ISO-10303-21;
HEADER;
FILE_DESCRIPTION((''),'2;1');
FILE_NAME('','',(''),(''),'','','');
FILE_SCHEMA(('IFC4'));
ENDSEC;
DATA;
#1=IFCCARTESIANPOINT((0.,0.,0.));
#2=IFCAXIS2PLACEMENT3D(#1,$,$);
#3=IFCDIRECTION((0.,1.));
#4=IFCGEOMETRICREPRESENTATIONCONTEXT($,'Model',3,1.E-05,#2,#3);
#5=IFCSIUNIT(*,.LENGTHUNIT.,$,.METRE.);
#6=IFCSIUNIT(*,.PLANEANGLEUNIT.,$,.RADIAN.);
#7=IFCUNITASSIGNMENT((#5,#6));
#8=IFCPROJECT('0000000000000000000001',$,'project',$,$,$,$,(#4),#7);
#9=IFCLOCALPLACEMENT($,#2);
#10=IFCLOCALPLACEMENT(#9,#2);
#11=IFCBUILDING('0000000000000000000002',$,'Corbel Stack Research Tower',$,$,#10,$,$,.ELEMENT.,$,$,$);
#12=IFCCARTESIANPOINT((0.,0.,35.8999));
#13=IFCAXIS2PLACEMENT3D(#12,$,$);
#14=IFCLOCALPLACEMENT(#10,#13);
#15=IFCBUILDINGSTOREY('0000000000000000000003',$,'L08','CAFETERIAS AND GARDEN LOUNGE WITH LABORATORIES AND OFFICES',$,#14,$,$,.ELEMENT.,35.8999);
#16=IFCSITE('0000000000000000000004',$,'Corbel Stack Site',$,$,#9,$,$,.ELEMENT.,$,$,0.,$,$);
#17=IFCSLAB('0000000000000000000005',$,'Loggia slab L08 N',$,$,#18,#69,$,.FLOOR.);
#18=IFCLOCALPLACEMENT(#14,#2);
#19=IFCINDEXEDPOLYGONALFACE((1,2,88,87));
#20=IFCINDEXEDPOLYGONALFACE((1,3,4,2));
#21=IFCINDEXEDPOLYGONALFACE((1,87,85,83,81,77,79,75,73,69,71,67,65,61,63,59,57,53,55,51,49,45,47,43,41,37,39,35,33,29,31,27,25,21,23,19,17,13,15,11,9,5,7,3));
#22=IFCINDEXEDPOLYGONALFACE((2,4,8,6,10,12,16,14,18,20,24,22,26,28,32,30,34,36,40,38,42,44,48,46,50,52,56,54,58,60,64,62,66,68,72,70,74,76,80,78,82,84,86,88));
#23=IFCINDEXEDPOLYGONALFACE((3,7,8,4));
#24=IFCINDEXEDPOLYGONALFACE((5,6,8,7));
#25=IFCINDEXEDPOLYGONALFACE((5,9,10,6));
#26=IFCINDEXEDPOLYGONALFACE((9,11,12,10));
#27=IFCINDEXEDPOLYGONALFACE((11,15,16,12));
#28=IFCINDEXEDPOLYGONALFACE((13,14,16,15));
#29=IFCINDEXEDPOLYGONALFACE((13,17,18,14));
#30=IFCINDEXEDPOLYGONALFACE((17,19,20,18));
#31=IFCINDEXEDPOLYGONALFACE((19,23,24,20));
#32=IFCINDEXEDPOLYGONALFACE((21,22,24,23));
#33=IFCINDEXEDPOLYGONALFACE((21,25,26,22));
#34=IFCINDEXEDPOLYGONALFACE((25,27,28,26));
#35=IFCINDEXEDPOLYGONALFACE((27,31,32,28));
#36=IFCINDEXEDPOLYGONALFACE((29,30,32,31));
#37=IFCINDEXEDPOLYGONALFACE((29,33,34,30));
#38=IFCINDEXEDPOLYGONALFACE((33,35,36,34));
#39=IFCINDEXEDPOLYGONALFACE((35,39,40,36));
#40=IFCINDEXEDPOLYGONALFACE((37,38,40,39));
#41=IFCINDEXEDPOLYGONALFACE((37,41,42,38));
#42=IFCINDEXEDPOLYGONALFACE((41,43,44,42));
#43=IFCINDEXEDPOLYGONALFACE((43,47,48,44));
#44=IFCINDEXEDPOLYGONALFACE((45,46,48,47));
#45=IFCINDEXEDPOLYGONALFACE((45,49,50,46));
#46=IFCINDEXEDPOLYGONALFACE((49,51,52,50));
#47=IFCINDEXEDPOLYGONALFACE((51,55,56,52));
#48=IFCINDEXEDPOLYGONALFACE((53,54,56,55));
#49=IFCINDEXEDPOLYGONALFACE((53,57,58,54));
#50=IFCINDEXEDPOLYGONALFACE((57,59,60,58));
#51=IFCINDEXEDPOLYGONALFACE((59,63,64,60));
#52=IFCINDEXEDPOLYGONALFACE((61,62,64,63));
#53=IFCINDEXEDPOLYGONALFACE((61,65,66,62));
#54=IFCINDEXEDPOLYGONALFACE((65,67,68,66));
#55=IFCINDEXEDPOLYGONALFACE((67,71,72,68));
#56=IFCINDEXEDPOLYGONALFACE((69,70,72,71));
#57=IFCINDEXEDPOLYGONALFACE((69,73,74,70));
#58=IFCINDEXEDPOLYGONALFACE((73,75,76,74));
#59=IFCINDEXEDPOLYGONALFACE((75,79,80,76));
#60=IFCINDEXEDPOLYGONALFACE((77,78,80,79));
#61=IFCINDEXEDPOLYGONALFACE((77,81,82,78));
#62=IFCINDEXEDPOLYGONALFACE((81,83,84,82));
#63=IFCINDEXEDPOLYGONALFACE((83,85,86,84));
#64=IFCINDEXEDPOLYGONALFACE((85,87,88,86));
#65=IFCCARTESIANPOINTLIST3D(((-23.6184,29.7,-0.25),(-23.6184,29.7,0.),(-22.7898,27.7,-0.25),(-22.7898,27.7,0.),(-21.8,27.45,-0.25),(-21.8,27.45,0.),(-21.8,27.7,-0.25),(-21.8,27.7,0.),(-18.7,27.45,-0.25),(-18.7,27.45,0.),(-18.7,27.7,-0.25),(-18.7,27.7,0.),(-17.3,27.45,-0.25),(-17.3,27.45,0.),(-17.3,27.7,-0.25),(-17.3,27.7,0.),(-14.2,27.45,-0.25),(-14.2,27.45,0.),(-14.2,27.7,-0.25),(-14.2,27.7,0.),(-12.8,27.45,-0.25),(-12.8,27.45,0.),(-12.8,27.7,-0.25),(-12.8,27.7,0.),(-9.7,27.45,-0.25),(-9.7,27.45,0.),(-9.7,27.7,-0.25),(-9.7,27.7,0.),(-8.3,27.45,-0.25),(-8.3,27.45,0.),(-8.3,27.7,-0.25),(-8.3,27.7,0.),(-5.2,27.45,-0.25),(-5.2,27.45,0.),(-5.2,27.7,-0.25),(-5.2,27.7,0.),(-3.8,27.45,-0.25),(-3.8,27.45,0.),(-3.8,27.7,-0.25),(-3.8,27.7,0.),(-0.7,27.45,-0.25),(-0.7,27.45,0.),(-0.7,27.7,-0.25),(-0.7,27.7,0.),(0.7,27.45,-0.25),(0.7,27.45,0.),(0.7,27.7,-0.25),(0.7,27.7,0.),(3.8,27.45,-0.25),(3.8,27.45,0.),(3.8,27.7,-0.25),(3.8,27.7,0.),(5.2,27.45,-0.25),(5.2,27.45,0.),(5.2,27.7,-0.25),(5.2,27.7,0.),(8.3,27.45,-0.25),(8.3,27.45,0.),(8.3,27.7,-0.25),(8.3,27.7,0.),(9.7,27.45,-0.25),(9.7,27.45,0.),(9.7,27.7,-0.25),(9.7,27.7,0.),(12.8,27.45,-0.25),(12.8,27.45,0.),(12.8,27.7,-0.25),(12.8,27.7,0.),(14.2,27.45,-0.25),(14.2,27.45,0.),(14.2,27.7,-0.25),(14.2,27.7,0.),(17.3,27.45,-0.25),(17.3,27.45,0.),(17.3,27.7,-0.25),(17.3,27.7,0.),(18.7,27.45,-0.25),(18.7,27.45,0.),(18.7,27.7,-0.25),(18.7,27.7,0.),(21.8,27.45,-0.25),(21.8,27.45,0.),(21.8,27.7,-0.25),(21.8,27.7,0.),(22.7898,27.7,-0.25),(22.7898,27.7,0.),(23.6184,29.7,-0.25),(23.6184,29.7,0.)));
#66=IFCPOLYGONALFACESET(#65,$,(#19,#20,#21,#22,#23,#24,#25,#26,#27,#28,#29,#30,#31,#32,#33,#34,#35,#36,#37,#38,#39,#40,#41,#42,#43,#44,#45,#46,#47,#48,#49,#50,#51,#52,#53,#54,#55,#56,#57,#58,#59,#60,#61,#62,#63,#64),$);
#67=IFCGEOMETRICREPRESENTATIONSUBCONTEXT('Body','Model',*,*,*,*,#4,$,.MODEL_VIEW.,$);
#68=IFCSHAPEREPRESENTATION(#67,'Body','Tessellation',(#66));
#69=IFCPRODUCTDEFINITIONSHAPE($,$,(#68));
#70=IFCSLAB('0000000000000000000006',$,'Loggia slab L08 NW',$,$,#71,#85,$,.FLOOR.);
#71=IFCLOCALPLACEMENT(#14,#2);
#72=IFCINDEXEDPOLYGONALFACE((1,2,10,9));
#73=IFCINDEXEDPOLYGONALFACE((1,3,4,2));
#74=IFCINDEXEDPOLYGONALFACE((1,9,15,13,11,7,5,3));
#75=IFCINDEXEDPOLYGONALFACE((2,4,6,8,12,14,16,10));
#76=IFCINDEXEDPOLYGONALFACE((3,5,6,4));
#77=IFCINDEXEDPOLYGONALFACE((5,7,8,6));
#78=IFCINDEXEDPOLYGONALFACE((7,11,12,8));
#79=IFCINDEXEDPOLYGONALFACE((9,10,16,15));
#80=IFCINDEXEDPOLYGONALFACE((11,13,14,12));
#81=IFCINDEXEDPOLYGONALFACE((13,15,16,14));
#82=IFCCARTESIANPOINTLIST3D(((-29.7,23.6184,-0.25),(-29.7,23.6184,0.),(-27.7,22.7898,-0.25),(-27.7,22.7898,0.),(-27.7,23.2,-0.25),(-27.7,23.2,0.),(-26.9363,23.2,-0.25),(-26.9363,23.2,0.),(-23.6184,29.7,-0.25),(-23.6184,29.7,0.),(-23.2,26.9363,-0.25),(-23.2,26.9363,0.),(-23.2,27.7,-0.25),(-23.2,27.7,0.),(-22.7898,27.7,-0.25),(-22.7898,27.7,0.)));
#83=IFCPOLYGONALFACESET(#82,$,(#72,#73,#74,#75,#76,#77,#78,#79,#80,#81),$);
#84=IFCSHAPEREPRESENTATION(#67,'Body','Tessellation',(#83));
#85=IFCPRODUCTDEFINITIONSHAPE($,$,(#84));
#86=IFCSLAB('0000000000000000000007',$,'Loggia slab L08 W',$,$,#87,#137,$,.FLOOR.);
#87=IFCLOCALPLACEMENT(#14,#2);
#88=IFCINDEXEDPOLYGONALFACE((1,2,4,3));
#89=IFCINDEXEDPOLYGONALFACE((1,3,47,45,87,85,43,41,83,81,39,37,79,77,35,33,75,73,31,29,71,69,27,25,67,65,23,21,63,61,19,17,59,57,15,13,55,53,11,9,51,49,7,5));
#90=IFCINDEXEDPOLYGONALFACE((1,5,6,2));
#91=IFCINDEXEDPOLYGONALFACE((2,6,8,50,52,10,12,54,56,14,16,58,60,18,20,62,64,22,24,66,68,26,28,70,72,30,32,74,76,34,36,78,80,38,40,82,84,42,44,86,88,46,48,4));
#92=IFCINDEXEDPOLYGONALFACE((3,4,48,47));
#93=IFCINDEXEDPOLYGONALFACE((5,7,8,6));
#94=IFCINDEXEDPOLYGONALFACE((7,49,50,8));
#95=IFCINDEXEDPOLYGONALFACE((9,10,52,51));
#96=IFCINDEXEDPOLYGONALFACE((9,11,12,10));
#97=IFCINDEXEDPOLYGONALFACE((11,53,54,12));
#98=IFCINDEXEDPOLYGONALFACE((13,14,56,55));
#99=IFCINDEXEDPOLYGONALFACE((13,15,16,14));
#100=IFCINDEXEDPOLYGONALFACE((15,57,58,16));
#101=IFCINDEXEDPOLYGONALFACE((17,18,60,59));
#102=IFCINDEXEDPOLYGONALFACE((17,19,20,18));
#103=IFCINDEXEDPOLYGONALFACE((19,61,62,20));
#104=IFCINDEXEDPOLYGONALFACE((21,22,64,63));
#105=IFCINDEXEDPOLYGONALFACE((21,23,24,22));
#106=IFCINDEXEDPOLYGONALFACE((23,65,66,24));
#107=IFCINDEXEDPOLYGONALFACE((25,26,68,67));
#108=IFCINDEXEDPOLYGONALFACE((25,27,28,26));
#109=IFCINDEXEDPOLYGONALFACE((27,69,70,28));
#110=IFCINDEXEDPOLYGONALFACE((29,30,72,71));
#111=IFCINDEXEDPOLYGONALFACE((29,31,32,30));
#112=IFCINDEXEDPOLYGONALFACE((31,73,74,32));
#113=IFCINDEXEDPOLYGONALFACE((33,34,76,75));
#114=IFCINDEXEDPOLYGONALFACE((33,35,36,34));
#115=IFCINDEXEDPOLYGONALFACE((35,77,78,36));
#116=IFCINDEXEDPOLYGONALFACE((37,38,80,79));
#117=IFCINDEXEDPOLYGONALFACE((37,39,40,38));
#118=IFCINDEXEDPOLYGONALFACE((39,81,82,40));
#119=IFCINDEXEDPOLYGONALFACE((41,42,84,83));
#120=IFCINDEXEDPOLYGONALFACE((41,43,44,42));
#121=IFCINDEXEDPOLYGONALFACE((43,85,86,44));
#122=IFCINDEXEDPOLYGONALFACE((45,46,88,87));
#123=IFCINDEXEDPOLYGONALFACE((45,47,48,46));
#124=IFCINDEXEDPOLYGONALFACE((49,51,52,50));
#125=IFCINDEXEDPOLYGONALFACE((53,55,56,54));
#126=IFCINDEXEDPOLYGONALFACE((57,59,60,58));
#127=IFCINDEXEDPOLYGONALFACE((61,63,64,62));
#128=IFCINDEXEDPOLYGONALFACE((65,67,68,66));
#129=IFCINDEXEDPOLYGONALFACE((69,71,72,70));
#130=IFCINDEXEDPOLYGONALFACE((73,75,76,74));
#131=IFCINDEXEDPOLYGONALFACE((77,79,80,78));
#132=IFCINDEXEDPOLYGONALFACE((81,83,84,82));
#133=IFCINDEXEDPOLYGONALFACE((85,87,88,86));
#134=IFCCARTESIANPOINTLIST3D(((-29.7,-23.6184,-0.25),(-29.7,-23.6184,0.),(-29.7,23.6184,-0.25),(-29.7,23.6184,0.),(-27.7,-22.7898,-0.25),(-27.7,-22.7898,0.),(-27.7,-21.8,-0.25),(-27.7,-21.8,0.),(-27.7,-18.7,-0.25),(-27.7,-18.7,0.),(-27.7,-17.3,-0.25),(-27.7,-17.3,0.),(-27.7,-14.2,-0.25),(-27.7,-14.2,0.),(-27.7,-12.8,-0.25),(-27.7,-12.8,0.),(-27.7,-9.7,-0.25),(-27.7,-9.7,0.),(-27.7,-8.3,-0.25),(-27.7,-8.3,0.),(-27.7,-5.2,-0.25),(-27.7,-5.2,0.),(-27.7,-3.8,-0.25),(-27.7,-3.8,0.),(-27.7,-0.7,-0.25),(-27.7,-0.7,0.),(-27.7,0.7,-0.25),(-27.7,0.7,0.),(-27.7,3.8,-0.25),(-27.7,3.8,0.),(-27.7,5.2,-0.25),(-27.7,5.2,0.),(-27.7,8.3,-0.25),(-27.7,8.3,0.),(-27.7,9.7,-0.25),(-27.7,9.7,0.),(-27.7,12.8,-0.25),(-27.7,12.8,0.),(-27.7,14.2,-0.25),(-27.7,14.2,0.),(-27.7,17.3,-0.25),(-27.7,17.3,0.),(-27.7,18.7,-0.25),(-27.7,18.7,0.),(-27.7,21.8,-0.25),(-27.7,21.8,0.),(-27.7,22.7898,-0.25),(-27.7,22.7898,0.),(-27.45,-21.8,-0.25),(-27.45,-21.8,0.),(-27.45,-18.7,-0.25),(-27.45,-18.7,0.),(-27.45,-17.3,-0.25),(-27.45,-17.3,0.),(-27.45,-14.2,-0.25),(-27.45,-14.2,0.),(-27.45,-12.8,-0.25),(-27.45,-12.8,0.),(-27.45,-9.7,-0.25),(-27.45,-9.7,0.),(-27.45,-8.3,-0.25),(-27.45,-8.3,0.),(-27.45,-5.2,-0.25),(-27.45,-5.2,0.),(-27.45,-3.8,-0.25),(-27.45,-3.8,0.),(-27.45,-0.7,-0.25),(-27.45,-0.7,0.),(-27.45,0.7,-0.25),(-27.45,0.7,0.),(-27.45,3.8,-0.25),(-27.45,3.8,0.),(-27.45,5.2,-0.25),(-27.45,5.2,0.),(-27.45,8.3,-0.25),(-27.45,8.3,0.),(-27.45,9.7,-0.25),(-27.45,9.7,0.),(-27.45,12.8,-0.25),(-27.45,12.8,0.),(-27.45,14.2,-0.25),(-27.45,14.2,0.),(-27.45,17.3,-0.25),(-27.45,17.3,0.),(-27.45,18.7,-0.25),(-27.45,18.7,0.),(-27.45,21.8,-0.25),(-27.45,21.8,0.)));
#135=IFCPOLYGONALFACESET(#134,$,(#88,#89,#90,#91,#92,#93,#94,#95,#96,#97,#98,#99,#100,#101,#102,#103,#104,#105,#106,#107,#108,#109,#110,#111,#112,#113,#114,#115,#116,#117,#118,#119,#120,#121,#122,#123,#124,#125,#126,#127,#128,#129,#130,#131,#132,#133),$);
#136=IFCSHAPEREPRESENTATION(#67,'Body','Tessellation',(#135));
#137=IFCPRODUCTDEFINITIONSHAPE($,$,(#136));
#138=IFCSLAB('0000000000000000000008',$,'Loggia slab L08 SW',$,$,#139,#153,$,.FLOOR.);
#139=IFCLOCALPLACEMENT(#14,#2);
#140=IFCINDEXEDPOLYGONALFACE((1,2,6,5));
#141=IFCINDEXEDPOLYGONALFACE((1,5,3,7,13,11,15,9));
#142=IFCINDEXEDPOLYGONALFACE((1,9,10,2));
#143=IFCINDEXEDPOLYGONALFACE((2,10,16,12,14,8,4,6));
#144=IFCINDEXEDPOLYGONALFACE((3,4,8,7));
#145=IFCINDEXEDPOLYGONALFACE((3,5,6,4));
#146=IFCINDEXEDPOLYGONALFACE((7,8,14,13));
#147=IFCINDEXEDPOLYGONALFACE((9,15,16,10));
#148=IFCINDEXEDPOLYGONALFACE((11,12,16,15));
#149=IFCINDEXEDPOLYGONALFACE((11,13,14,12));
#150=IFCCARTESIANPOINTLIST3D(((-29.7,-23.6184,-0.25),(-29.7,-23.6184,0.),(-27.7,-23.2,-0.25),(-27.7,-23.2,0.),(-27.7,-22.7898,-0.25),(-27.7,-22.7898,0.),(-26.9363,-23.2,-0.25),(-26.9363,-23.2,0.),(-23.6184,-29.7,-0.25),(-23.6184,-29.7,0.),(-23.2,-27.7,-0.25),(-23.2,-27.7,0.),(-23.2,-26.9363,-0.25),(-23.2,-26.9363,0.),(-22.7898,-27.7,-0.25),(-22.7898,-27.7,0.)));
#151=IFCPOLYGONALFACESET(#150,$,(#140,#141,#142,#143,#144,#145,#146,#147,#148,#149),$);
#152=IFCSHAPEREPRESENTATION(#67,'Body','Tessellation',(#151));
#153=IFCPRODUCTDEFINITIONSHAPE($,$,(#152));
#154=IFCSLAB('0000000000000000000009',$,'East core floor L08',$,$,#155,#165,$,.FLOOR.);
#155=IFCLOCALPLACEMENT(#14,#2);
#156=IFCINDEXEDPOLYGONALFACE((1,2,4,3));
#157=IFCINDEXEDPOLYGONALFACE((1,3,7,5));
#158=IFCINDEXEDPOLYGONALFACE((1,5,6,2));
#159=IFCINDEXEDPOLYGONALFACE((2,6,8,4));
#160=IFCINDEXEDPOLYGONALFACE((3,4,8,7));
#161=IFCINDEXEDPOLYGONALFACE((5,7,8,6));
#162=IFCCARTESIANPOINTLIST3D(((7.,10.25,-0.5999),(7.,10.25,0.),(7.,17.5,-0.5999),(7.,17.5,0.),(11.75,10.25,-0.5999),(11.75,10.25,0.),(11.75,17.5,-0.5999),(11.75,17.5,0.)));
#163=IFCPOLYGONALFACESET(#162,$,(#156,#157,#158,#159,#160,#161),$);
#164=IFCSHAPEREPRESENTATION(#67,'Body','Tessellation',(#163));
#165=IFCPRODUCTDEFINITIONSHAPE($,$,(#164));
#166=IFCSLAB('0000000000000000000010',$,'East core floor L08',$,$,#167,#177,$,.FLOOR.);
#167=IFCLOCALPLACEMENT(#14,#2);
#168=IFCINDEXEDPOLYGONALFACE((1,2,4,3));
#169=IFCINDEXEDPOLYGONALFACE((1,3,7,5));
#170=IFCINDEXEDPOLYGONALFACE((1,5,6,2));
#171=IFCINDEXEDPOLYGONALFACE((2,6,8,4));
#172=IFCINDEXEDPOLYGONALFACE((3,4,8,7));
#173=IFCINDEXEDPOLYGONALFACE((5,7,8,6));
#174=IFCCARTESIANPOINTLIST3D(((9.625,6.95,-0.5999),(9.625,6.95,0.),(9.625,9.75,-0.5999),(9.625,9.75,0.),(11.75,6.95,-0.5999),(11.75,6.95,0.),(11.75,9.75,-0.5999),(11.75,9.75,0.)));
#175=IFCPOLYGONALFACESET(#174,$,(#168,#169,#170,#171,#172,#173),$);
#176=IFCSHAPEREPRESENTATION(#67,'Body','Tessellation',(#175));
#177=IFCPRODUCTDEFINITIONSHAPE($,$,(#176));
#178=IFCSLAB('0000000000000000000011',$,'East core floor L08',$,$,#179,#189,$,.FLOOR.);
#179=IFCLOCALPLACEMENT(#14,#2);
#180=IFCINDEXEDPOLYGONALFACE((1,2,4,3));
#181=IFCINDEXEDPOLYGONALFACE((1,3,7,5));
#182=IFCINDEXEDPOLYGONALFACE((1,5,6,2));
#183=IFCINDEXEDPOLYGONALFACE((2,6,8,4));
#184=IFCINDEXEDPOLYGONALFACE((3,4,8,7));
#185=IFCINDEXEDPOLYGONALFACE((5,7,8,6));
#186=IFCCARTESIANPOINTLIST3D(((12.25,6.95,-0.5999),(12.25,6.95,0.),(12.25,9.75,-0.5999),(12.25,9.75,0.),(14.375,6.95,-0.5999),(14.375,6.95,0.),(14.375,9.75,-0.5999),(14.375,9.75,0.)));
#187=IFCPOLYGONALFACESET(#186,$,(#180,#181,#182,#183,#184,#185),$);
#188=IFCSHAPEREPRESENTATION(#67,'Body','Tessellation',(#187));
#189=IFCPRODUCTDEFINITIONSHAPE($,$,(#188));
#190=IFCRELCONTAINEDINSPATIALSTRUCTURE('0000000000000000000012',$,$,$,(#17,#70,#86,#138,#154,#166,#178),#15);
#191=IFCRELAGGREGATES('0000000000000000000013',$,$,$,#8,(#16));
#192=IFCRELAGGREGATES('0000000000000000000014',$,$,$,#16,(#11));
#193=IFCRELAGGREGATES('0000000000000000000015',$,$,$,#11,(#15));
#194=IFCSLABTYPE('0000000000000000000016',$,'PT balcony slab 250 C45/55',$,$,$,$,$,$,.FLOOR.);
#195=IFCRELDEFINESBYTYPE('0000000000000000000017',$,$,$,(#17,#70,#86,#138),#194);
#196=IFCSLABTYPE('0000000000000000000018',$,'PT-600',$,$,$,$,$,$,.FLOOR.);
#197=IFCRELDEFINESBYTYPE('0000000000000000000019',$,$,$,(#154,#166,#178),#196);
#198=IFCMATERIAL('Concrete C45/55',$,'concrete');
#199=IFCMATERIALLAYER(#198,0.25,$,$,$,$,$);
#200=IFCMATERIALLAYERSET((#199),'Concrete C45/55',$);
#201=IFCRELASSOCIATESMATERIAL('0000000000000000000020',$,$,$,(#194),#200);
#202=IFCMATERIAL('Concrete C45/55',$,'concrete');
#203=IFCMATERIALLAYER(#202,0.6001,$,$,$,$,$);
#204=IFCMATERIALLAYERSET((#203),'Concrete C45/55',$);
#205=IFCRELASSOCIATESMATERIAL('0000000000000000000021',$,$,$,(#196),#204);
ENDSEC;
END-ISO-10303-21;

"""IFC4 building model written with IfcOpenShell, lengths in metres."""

from ifc_helpers import new_model, si_unit, direction, frame, origin, place, context, subcontext, project, spatial, polyline, outline, extrude, material, layer, layer_set, type_object, element, save


model = new_model("IFC4")

# Units and contexts
model_context = context("Model", 3, precision=1e-05, world=origin(), true_north=direction((0.0, 1.0)))
body_context = subcontext(model_context, "Body", "Model", "MODEL_VIEW")
ifc_project = project(units=[si_unit("LENGTHUNIT", "METRE"), si_unit("PLANEANGLEUNIT", "RADIAN")], contexts=[model_context])

# Site, building, storey
site_placement = place(None, origin())
site = spatial("IfcSite", under=ifc_project, at=site_placement, Name="Corbel Stack Site", CompositionType="ELEMENT", RefElevation=0.0)
building_placement = place(site_placement, origin())
building = spatial("IfcBuilding", under=site, at=building_placement, Name="Corbel Stack Research Tower", CompositionType="ELEMENT")
storey_placement = place(building_placement, frame((0.0, 0.0, 35.8999)))
storey = spatial("IfcBuildingStorey", under=building, at=storey_placement, Name="L08", Description="CAFETERIAS AND GARDEN LOUNGE WITH LABORATORIES AND OFFICES", CompositionType="ELEMENT", Elevation=35.8999)

# Slabs
ifc_material_1 = material(Name="Concrete C45/55", Category="concrete")
ifc_layer_1 = layer(ifc_material_1, 0.25)
ifc_layer_set_1 = layer_set([ifc_layer_1], Name="Concrete C45/55")
slab_type_1 = type_object("IfcSlabType", Name="PT balcony slab 250 C45/55", PredefinedType="FLOOR", material=ifc_layer_set_1)
slab_1_placement = place(storey_placement, frame((0.0, 0.0, -0.25)))
element("IfcSlab", 1, at=slab_1_placement, inside=storey, type_object=slab_type_1, Name="Loggia slab L08 N", PredefinedType="FLOOR", context=body_context, shape_type="SweptSolid", body=[
    extrude(outline(polyline([(-22.7898, 27.7), (-21.8, 27.7), (-21.8, 27.45), (-18.7, 27.45), (-18.7, 27.7), (-17.3, 27.7), (-17.3, 27.45), (-14.2, 27.45), (-14.2, 27.7), (-12.8, 27.7), (-12.8, 27.45), (-9.7, 27.45), (-9.7, 27.7), (-8.3, 27.7), (-8.3, 27.45), (-5.2, 27.45), (-5.2, 27.7), (-3.8, 27.7), (-3.8, 27.45), (-0.7, 27.45), (-0.7, 27.7), (0.7, 27.7), (0.7, 27.45), (3.8, 27.45), (3.8, 27.7), (5.2, 27.7), (5.2, 27.45), (8.3, 27.45), (8.3, 27.7), (9.7, 27.7), (9.7, 27.45), (12.8, 27.45), (12.8, 27.7), (14.2, 27.7), (14.2, 27.45), (17.3, 27.45), (17.3, 27.7), (18.7, 27.7), (18.7, 27.45), (21.8, 27.45), (21.8, 27.7), (22.7898, 27.7), (23.6184, 29.7), (-23.6184, 29.7), (-22.7898, 27.7)])), origin(), (0.0, 0.0, 1.0), 0.25),
])
slab_2_placement = place(storey_placement, frame((0.0, 0.0, -0.25)))
element("IfcSlab", 2, at=slab_2_placement, inside=storey, type_object=slab_type_1, Name="Loggia slab L08 NW", PredefinedType="FLOOR", context=body_context, shape_type="SweptSolid", body=[
    extrude(outline(polyline([(-27.7, 22.7898), (-27.7, 23.2), (-26.9363, 23.2), (-23.2, 26.9363), (-23.2, 27.7), (-22.7898, 27.7), (-23.6184, 29.7), (-29.7, 23.6184), (-27.7, 22.7898)])), origin(), (0.0, 0.0, 1.0), 0.25),
])
slab_3_placement = place(storey_placement, frame((0.0, 0.0, -0.25)))
element("IfcSlab", 3, at=slab_3_placement, inside=storey, type_object=slab_type_1, Name="Loggia slab L08 W", PredefinedType="FLOOR", context=body_context, shape_type="SweptSolid", body=[
    extrude(outline(polyline([(-27.7, -22.7898), (-27.7, -21.8), (-27.45, -21.8), (-27.45, -18.7), (-27.7, -18.7), (-27.7, -17.3), (-27.45, -17.3), (-27.45, -14.2), (-27.7, -14.2), (-27.7, -12.8), (-27.45, -12.8), (-27.45, -9.7), (-27.7, -9.7), (-27.7, -8.3), (-27.45, -8.3), (-27.45, -5.2), (-27.7, -5.2), (-27.7, -3.8), (-27.45, -3.8), (-27.45, -0.7), (-27.7, -0.7), (-27.7, 0.7), (-27.45, 0.7), (-27.45, 3.8), (-27.7, 3.8), (-27.7, 5.2), (-27.45, 5.2), (-27.45, 8.3), (-27.7, 8.3), (-27.7, 9.7), (-27.45, 9.7), (-27.45, 12.8), (-27.7, 12.8), (-27.7, 14.2), (-27.45, 14.2), (-27.45, 17.3), (-27.7, 17.3), (-27.7, 18.7), (-27.45, 18.7), (-27.45, 21.8), (-27.7, 21.8), (-27.7, 22.7898), (-29.7, 23.6184), (-29.7, -23.6184), (-27.7, -22.7898)])), origin(), (0.0, 0.0, 1.0), 0.25),
])
slab_4_placement = place(storey_placement, frame((0.0, 0.0, -0.25)))
element("IfcSlab", 4, at=slab_4_placement, inside=storey, type_object=slab_type_1, Name="Loggia slab L08 SW", PredefinedType="FLOOR", context=body_context, shape_type="SweptSolid", body=[
    extrude(outline(polyline([(-22.7898, -27.7), (-23.2, -27.7), (-23.2, -26.9363), (-26.9363, -23.2), (-27.7, -23.2), (-27.7, -22.7898), (-29.7, -23.6184), (-23.6184, -29.7), (-22.7898, -27.7)])), origin(), (0.0, 0.0, 1.0), 0.25),
])
ifc_material_2 = material(Name="Concrete C45/55", Category="concrete")
ifc_layer_2 = layer(ifc_material_2, 0.6001)
ifc_layer_set_2 = layer_set([ifc_layer_2], Name="Concrete C45/55")
slab_type_2 = type_object("IfcSlabType", Name="PT-600", PredefinedType="FLOOR", material=ifc_layer_set_2)
slab_5_placement = place(storey_placement, frame((0.0, 0.0, -0.5999)))
element("IfcSlab", 5, at=slab_5_placement, inside=storey, type_object=slab_type_2, Name="East core floor L08", PredefinedType="FLOOR", context=body_context, shape_type="SweptSolid", body=[
    extrude(outline(polyline([(7.0, 17.5), (7.0, 10.25), (11.75, 10.25), (11.75, 17.5), (7.0, 17.5)])), origin(), (0.0, 0.0, 1.0), 0.5999),
])
slab_6_placement = place(storey_placement, frame((0.0, 0.0, -0.5999)))
element("IfcSlab", 6, at=slab_6_placement, inside=storey, type_object=slab_type_2, Name="East core floor L08", PredefinedType="FLOOR", context=body_context, shape_type="SweptSolid", body=[
    extrude(outline(polyline([(9.625, 6.95), (11.75, 6.95), (11.75, 9.75), (9.625, 9.75), (9.625, 6.95)])), origin(), (0.0, 0.0, 1.0), 0.5999),
])
slab_7_placement = place(storey_placement, frame((0.0, 0.0, -0.5999)))
element("IfcSlab", 7, at=slab_7_placement, inside=storey, type_object=slab_type_2, Name="East core floor L08", PredefinedType="FLOOR", context=body_context, shape_type="SweptSolid", body=[
    extrude(outline(polyline([(14.375, 6.95), (14.375, 9.75), (12.25, 9.75), (12.25, 6.95), (14.375, 6.95)])), origin(), (0.0, 0.0, 1.0), 0.5999),
])

save(model, "model.ifc")
